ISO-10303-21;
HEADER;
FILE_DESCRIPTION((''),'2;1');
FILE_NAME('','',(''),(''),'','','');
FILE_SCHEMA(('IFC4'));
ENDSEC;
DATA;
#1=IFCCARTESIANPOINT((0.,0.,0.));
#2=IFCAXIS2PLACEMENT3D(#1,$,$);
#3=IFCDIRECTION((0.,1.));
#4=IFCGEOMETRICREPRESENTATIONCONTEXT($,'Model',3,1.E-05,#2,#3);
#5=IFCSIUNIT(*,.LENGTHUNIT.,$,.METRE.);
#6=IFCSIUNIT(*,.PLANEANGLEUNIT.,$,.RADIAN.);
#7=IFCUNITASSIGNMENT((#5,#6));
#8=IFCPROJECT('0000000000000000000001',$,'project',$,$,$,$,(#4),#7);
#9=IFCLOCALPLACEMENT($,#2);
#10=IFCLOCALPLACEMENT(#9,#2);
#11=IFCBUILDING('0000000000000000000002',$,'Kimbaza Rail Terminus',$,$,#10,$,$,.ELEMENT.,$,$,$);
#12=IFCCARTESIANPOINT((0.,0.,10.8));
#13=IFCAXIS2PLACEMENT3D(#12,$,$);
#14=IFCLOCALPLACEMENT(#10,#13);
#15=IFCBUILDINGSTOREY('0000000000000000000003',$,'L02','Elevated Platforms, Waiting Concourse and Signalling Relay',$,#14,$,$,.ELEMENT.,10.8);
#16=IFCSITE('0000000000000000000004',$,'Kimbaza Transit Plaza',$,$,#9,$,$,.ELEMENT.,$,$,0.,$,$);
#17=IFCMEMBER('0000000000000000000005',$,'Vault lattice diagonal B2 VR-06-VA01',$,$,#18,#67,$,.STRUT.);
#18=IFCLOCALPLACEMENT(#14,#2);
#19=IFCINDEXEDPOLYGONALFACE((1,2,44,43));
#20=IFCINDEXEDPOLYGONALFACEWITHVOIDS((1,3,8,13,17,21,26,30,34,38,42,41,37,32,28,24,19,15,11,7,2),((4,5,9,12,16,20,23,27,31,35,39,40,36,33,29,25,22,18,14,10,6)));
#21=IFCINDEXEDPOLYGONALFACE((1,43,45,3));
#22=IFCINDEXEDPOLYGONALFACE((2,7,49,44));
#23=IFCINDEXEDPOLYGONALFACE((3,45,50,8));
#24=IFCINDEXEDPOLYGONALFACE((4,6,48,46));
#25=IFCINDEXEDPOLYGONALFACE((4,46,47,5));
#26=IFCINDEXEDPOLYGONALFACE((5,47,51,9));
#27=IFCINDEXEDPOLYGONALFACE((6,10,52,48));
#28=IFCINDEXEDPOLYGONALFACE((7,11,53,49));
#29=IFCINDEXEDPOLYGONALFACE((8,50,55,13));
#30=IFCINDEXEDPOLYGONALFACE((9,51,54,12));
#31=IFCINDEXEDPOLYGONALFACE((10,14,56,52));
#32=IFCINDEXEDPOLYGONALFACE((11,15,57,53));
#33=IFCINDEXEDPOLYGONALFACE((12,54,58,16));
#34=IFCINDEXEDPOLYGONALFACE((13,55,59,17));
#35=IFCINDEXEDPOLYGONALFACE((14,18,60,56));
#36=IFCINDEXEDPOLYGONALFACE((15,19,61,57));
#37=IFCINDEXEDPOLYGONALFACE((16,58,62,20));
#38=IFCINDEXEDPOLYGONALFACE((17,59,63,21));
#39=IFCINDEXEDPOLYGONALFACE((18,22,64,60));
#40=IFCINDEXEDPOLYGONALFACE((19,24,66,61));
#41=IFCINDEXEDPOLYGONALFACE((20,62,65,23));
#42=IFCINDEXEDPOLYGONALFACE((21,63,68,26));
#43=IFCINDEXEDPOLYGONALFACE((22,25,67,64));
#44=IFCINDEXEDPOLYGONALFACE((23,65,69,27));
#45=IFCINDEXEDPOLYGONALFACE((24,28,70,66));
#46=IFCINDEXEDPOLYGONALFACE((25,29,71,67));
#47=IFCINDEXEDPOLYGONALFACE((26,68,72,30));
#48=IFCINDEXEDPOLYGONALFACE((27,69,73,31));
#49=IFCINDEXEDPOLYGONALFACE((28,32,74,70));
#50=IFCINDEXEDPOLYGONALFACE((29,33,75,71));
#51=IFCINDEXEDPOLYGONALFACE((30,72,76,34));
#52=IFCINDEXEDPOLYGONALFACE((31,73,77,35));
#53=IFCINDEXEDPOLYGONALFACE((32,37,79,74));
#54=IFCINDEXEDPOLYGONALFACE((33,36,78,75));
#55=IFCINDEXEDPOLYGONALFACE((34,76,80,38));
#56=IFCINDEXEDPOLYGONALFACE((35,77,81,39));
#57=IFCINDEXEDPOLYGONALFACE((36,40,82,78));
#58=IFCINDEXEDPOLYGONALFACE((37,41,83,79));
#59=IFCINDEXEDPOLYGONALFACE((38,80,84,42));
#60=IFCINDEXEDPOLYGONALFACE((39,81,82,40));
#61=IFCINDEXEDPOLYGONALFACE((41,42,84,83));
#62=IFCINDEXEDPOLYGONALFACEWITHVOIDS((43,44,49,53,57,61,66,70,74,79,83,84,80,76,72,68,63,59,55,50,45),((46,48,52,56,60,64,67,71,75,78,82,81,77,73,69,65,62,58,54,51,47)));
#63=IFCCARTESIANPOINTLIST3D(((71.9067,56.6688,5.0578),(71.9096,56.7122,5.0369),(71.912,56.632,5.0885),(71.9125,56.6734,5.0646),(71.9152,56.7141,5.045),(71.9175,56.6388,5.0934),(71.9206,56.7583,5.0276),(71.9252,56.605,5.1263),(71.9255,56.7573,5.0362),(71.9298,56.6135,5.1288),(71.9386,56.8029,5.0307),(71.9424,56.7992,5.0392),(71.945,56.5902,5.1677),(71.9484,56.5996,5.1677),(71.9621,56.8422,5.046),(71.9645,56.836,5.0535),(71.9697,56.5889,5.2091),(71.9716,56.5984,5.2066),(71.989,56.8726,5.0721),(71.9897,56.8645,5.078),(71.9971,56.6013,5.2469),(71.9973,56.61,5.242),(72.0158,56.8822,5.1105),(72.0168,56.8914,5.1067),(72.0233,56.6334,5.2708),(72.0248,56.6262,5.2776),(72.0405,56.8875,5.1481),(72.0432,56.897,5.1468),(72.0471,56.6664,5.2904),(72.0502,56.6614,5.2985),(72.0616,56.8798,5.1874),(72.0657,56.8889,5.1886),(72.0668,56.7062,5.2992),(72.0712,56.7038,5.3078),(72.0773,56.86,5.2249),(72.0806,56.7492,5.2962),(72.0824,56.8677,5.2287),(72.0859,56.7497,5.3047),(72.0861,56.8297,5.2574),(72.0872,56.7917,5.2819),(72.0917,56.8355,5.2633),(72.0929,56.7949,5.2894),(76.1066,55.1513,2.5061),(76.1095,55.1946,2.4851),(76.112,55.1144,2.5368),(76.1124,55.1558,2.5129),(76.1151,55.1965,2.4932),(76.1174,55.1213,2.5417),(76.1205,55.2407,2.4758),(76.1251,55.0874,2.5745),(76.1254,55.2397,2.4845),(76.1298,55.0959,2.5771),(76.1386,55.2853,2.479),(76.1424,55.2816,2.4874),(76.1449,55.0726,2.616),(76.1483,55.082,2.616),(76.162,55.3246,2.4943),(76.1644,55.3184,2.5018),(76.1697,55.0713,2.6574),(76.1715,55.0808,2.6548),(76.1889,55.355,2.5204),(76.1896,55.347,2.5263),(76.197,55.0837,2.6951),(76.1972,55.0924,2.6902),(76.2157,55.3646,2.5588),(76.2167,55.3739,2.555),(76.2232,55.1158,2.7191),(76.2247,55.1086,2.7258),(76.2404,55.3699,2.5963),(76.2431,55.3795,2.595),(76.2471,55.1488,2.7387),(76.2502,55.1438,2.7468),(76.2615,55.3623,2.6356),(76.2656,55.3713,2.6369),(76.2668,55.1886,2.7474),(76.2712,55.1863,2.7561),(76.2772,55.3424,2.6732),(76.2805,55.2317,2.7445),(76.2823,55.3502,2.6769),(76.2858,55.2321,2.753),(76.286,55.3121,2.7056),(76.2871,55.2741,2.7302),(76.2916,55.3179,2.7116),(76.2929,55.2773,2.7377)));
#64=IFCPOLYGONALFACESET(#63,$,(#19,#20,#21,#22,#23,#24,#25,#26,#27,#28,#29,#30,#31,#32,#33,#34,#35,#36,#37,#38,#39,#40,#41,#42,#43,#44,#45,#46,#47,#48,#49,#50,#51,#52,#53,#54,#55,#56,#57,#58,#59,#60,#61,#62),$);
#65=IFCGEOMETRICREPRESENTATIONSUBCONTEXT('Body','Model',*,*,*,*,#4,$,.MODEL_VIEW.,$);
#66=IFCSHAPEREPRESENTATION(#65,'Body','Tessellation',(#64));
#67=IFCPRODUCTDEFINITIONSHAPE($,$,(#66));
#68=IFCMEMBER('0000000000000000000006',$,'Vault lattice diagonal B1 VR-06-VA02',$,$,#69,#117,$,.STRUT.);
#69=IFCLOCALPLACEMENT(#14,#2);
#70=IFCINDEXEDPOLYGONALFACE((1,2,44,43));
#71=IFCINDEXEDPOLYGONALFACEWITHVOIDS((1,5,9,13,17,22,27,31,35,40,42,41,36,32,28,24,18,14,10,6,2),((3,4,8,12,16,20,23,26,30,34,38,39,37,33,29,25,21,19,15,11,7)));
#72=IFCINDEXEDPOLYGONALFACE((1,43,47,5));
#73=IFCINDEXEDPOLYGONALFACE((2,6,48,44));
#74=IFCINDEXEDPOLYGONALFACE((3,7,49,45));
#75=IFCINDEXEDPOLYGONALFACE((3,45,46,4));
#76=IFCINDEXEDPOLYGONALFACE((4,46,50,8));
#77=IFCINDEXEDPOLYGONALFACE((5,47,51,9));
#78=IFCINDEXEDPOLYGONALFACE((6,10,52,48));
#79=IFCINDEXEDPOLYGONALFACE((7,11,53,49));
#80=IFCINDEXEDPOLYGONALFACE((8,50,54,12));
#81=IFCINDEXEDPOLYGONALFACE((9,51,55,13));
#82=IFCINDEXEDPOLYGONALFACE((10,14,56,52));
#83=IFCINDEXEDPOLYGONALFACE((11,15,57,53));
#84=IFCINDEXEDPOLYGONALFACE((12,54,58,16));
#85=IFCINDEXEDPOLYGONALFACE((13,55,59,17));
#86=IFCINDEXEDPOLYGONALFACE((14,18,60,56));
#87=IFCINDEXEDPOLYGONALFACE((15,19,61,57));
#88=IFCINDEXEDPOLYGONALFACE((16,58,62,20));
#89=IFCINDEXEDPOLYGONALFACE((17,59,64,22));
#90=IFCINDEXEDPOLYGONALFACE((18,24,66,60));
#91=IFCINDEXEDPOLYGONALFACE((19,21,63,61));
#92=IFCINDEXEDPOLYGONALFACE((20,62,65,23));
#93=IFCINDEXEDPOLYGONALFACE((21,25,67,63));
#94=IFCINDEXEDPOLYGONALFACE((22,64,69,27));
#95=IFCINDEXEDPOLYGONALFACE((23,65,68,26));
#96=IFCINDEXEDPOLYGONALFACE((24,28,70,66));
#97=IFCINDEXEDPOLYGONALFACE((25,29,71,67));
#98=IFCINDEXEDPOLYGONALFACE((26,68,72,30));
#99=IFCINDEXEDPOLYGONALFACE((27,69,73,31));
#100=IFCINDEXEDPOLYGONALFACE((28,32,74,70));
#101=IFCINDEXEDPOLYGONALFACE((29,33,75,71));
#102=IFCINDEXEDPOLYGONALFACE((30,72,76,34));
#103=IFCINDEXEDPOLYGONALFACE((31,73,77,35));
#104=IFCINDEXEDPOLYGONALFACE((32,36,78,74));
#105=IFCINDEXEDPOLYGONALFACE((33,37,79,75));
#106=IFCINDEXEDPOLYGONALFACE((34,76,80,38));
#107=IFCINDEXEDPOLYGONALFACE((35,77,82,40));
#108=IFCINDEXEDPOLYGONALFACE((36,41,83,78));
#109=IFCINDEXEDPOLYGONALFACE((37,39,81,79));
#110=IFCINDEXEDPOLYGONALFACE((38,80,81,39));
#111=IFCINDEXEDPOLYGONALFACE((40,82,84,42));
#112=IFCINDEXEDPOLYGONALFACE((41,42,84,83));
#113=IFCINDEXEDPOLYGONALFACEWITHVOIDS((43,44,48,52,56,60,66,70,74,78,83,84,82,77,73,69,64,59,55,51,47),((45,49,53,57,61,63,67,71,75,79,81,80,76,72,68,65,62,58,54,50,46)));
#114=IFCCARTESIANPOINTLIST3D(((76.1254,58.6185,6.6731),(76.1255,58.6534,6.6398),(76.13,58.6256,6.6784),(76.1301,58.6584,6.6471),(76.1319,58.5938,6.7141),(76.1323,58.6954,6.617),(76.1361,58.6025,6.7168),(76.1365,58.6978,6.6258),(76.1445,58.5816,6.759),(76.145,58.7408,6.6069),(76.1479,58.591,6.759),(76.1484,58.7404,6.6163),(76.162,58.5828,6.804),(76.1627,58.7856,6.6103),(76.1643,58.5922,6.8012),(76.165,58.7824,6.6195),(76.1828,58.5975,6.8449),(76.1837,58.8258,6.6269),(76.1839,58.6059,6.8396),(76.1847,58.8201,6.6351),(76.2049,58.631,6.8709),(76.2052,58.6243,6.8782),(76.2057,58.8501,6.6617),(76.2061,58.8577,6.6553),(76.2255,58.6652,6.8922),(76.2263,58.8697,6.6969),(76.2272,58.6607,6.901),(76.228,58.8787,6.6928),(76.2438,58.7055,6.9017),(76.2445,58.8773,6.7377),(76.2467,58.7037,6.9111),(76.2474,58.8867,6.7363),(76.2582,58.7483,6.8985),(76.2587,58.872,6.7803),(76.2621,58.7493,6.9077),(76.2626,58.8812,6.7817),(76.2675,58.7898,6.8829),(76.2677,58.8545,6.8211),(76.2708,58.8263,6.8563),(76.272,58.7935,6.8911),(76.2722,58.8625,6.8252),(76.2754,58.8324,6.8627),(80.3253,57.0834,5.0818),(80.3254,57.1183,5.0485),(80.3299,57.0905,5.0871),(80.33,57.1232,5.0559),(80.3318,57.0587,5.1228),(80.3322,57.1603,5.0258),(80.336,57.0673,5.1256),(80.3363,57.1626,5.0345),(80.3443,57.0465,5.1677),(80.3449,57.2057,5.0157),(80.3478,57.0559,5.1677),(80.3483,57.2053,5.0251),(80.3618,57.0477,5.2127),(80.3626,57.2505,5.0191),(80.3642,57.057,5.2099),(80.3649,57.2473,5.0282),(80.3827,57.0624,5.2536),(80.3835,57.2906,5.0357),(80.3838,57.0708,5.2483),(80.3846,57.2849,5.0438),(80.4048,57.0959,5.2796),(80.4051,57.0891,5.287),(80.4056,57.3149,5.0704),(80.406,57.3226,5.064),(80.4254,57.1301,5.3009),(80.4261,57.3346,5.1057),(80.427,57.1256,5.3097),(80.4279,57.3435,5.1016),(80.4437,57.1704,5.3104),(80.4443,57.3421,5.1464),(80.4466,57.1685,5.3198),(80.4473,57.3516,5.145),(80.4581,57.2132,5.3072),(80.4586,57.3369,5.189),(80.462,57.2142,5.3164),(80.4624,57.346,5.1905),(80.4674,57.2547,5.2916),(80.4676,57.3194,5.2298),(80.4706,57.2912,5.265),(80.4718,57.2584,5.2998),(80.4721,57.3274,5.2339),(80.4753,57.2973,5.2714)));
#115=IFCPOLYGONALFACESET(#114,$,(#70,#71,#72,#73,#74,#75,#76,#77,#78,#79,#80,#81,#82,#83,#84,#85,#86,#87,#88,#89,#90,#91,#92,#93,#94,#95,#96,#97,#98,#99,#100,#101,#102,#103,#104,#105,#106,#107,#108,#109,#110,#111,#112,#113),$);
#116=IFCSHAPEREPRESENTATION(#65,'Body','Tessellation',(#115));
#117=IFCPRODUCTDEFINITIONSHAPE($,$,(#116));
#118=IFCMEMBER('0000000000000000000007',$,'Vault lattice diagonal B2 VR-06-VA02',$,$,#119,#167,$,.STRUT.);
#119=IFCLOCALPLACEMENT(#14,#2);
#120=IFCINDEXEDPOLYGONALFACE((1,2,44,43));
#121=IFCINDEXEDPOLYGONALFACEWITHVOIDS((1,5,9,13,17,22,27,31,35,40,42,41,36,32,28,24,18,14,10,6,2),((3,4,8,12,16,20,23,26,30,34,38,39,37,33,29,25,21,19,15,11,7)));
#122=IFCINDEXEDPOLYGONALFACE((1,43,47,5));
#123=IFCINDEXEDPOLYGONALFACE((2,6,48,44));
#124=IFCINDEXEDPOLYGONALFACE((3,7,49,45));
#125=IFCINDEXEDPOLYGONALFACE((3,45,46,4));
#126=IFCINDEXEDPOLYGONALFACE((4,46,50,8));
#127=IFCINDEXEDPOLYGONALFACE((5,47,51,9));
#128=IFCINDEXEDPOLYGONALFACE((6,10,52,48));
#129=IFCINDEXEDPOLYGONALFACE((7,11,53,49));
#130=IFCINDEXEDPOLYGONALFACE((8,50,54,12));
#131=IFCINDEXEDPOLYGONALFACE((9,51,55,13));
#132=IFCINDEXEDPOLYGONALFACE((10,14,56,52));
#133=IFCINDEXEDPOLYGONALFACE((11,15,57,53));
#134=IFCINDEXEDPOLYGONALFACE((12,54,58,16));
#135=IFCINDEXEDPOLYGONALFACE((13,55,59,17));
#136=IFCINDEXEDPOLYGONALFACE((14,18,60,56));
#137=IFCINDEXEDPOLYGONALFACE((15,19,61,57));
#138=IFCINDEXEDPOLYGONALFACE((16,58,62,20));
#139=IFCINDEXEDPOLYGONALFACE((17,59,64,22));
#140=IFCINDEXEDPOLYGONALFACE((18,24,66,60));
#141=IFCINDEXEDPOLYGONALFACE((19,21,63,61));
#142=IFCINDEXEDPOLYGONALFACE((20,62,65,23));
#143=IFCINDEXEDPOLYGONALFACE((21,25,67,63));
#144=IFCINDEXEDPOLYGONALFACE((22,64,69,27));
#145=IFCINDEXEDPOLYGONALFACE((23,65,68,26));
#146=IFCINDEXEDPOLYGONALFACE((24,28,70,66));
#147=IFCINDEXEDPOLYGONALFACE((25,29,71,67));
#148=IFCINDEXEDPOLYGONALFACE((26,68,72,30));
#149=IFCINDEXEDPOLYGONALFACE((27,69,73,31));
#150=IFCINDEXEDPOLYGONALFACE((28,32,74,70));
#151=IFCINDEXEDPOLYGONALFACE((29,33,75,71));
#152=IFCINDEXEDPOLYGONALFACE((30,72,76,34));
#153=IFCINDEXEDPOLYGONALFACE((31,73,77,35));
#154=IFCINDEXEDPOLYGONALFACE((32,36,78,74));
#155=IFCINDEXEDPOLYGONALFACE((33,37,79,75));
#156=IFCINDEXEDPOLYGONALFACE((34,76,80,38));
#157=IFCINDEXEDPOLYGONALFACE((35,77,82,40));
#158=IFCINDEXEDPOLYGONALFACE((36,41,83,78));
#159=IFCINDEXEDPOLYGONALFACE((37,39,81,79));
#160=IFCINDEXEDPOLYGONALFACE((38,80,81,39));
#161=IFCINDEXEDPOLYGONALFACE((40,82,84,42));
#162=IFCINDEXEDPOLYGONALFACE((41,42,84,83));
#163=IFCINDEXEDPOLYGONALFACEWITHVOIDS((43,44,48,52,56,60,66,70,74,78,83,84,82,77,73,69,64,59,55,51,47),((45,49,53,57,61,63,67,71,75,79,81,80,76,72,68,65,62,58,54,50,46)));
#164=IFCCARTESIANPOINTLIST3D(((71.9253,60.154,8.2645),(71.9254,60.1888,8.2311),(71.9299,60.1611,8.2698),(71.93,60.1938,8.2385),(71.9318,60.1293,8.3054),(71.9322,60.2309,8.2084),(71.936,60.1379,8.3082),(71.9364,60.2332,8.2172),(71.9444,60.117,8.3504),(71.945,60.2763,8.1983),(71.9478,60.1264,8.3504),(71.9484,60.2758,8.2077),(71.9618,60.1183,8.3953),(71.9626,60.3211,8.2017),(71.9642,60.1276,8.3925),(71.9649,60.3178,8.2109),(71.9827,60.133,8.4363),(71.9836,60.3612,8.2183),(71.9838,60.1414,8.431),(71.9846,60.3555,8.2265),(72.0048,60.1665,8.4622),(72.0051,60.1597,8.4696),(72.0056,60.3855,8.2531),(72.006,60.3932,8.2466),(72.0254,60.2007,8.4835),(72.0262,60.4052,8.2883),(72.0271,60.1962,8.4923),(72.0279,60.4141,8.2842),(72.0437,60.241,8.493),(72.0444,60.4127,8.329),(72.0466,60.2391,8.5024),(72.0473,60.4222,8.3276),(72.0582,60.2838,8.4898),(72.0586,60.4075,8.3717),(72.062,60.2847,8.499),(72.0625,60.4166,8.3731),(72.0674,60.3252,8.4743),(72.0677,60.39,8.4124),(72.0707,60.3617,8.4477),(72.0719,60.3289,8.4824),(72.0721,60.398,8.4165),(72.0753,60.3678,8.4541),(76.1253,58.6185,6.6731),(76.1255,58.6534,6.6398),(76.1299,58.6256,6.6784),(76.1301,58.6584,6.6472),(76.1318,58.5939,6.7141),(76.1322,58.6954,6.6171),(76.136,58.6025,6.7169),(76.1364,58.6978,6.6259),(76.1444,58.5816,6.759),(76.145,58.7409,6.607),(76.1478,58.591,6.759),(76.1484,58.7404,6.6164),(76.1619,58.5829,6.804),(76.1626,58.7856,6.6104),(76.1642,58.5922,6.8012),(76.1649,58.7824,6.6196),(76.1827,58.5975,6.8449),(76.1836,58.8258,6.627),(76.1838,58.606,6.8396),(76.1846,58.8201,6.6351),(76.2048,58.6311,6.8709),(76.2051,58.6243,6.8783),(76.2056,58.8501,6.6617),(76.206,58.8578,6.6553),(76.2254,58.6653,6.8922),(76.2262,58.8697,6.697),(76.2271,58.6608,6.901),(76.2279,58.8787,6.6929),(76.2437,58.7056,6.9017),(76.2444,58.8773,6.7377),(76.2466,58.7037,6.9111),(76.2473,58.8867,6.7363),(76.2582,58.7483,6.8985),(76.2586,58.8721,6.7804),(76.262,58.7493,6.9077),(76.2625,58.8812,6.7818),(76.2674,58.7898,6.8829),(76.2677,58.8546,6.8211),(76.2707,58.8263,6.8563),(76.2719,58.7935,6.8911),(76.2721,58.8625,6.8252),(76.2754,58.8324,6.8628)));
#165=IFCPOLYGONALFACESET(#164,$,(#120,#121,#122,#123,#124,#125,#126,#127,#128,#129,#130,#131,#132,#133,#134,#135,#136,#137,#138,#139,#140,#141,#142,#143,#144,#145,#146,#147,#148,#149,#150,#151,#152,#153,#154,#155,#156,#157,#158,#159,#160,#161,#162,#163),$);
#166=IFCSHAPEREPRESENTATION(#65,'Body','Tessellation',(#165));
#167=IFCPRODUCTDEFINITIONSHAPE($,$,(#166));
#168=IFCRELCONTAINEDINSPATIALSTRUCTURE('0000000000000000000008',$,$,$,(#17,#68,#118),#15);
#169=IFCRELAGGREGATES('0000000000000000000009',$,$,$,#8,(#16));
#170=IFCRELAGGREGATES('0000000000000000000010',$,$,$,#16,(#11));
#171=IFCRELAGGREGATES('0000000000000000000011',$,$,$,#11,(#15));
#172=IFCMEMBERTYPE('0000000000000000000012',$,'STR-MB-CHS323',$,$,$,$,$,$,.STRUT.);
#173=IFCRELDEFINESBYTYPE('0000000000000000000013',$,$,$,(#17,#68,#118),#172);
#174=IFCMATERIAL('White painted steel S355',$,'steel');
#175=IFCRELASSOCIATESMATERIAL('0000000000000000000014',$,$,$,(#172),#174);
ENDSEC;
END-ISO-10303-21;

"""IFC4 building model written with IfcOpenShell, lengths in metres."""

from ifc_helpers import new_model, si_unit, direction, frame, origin, origin_2d, place, context, subcontext, project, spatial, hollow_circle, extrude, material, material_profile, profile_set, type_object, element, save


model = new_model("IFC4")

# Units and contexts
model_context = context("Model", 3, precision=1e-05, world=origin(), true_north=direction((0.0, 1.0)))
body_context = subcontext(model_context, "Body", "Model", "MODEL_VIEW")
ifc_project = project(units=[si_unit("LENGTHUNIT", "METRE"), si_unit("PLANEANGLEUNIT", "RADIAN")], contexts=[model_context])

# Site, building, storey
site_placement = place(None, origin())
site = spatial("IfcSite", under=ifc_project, at=site_placement, Name="Kimbaza Transit Plaza", CompositionType="ELEMENT", RefElevation=0.0)
building_placement = place(site_placement, origin())
building = spatial("IfcBuilding", under=site, at=building_placement, Name="Kimbaza Rail Terminus", CompositionType="ELEMENT")
storey_placement = place(building_placement, frame((0.0, 0.0, 10.8)))
storey = spatial("IfcBuildingStorey", under=building, at=storey_placement, Name="L02", Description="Elevated Platforms, Waiting Concourse and Signalling Relay", CompositionType="ELEMENT", Elevation=10.8)

# Members
ifc_material_1 = material(Name="White painted steel S355", Category="steel")
ifc_material_profile_1 = material_profile(ifc_material_1, hollow_circle(Radius=0.1619, WallThickness=0.01, at=origin_2d()), Name="CHS 323.9x10")
ifc_profile_set_1 = profile_set([ifc_material_profile_1], Name="White painted steel S355")
member_type_1 = type_object("IfcMemberType", Name="STR-MB-CHS323", PredefinedType="STRUT", material=ifc_profile_set_1)
for number, where, z_axis, x_axis, name in (
    (1, (76.2, 55.2249, 2.616), (-0.816578, 0.295056, 0.496127), (-0.339829, -0.940487, 0.0), "Vault lattice diagonal B2 VR-06-VA01"),
):
    element("IfcMember", number, at=place(storey_placement, frame(where, z_axis=z_axis, x_axis=x_axis)), inside=storey, type_object=member_type_1, Name=name, PredefinedType="STRUT", context=body_context, shape_type="SweptSolid", body=[
        extrude(hollow_circle(Radius=0.1619, WallThickness=0.01, at=origin_2d()), origin(), (0.0, 0.0, 1.0), 5.1433),
    ])
member_1_placement = place(storey_placement, frame((80.3999, 57.1985, 5.1677), z_axis=(-0.884866, 0.323434, 0.335265), x_axis=(-0.343303, -0.939225, 0.0)))
element("IfcMember", 2, at=member_1_placement, inside=storey, type_object=member_type_1, Name="Vault lattice diagonal B1 VR-06-VA02", PredefinedType="STRUT", context=body_context, shape_type="SweptSolid", body=[
    extrude(hollow_circle(Radius=0.1619, WallThickness=0.01, at=origin_2d()), origin(), (0.0, 0.0, 1.0), 4.7463),
])
member_2_placement = place(storey_placement, frame((76.2, 58.7336, 6.759), z_axis=(-0.884851, 0.32348, 0.335259), x_axis=(-0.343351, -0.939207, 0.0)))
element("IfcMember", 3, at=member_2_placement, inside=storey, type_object=member_type_1, Name="Vault lattice diagonal B2 VR-06-VA02", PredefinedType="STRUT", context=body_context, shape_type="SweptSolid", body=[
    extrude(hollow_circle(Radius=0.1619, WallThickness=0.01, at=origin_2d()), origin(), (0.0, 0.0, 1.0), 4.7466),
])

save(model, "model.ifc")
